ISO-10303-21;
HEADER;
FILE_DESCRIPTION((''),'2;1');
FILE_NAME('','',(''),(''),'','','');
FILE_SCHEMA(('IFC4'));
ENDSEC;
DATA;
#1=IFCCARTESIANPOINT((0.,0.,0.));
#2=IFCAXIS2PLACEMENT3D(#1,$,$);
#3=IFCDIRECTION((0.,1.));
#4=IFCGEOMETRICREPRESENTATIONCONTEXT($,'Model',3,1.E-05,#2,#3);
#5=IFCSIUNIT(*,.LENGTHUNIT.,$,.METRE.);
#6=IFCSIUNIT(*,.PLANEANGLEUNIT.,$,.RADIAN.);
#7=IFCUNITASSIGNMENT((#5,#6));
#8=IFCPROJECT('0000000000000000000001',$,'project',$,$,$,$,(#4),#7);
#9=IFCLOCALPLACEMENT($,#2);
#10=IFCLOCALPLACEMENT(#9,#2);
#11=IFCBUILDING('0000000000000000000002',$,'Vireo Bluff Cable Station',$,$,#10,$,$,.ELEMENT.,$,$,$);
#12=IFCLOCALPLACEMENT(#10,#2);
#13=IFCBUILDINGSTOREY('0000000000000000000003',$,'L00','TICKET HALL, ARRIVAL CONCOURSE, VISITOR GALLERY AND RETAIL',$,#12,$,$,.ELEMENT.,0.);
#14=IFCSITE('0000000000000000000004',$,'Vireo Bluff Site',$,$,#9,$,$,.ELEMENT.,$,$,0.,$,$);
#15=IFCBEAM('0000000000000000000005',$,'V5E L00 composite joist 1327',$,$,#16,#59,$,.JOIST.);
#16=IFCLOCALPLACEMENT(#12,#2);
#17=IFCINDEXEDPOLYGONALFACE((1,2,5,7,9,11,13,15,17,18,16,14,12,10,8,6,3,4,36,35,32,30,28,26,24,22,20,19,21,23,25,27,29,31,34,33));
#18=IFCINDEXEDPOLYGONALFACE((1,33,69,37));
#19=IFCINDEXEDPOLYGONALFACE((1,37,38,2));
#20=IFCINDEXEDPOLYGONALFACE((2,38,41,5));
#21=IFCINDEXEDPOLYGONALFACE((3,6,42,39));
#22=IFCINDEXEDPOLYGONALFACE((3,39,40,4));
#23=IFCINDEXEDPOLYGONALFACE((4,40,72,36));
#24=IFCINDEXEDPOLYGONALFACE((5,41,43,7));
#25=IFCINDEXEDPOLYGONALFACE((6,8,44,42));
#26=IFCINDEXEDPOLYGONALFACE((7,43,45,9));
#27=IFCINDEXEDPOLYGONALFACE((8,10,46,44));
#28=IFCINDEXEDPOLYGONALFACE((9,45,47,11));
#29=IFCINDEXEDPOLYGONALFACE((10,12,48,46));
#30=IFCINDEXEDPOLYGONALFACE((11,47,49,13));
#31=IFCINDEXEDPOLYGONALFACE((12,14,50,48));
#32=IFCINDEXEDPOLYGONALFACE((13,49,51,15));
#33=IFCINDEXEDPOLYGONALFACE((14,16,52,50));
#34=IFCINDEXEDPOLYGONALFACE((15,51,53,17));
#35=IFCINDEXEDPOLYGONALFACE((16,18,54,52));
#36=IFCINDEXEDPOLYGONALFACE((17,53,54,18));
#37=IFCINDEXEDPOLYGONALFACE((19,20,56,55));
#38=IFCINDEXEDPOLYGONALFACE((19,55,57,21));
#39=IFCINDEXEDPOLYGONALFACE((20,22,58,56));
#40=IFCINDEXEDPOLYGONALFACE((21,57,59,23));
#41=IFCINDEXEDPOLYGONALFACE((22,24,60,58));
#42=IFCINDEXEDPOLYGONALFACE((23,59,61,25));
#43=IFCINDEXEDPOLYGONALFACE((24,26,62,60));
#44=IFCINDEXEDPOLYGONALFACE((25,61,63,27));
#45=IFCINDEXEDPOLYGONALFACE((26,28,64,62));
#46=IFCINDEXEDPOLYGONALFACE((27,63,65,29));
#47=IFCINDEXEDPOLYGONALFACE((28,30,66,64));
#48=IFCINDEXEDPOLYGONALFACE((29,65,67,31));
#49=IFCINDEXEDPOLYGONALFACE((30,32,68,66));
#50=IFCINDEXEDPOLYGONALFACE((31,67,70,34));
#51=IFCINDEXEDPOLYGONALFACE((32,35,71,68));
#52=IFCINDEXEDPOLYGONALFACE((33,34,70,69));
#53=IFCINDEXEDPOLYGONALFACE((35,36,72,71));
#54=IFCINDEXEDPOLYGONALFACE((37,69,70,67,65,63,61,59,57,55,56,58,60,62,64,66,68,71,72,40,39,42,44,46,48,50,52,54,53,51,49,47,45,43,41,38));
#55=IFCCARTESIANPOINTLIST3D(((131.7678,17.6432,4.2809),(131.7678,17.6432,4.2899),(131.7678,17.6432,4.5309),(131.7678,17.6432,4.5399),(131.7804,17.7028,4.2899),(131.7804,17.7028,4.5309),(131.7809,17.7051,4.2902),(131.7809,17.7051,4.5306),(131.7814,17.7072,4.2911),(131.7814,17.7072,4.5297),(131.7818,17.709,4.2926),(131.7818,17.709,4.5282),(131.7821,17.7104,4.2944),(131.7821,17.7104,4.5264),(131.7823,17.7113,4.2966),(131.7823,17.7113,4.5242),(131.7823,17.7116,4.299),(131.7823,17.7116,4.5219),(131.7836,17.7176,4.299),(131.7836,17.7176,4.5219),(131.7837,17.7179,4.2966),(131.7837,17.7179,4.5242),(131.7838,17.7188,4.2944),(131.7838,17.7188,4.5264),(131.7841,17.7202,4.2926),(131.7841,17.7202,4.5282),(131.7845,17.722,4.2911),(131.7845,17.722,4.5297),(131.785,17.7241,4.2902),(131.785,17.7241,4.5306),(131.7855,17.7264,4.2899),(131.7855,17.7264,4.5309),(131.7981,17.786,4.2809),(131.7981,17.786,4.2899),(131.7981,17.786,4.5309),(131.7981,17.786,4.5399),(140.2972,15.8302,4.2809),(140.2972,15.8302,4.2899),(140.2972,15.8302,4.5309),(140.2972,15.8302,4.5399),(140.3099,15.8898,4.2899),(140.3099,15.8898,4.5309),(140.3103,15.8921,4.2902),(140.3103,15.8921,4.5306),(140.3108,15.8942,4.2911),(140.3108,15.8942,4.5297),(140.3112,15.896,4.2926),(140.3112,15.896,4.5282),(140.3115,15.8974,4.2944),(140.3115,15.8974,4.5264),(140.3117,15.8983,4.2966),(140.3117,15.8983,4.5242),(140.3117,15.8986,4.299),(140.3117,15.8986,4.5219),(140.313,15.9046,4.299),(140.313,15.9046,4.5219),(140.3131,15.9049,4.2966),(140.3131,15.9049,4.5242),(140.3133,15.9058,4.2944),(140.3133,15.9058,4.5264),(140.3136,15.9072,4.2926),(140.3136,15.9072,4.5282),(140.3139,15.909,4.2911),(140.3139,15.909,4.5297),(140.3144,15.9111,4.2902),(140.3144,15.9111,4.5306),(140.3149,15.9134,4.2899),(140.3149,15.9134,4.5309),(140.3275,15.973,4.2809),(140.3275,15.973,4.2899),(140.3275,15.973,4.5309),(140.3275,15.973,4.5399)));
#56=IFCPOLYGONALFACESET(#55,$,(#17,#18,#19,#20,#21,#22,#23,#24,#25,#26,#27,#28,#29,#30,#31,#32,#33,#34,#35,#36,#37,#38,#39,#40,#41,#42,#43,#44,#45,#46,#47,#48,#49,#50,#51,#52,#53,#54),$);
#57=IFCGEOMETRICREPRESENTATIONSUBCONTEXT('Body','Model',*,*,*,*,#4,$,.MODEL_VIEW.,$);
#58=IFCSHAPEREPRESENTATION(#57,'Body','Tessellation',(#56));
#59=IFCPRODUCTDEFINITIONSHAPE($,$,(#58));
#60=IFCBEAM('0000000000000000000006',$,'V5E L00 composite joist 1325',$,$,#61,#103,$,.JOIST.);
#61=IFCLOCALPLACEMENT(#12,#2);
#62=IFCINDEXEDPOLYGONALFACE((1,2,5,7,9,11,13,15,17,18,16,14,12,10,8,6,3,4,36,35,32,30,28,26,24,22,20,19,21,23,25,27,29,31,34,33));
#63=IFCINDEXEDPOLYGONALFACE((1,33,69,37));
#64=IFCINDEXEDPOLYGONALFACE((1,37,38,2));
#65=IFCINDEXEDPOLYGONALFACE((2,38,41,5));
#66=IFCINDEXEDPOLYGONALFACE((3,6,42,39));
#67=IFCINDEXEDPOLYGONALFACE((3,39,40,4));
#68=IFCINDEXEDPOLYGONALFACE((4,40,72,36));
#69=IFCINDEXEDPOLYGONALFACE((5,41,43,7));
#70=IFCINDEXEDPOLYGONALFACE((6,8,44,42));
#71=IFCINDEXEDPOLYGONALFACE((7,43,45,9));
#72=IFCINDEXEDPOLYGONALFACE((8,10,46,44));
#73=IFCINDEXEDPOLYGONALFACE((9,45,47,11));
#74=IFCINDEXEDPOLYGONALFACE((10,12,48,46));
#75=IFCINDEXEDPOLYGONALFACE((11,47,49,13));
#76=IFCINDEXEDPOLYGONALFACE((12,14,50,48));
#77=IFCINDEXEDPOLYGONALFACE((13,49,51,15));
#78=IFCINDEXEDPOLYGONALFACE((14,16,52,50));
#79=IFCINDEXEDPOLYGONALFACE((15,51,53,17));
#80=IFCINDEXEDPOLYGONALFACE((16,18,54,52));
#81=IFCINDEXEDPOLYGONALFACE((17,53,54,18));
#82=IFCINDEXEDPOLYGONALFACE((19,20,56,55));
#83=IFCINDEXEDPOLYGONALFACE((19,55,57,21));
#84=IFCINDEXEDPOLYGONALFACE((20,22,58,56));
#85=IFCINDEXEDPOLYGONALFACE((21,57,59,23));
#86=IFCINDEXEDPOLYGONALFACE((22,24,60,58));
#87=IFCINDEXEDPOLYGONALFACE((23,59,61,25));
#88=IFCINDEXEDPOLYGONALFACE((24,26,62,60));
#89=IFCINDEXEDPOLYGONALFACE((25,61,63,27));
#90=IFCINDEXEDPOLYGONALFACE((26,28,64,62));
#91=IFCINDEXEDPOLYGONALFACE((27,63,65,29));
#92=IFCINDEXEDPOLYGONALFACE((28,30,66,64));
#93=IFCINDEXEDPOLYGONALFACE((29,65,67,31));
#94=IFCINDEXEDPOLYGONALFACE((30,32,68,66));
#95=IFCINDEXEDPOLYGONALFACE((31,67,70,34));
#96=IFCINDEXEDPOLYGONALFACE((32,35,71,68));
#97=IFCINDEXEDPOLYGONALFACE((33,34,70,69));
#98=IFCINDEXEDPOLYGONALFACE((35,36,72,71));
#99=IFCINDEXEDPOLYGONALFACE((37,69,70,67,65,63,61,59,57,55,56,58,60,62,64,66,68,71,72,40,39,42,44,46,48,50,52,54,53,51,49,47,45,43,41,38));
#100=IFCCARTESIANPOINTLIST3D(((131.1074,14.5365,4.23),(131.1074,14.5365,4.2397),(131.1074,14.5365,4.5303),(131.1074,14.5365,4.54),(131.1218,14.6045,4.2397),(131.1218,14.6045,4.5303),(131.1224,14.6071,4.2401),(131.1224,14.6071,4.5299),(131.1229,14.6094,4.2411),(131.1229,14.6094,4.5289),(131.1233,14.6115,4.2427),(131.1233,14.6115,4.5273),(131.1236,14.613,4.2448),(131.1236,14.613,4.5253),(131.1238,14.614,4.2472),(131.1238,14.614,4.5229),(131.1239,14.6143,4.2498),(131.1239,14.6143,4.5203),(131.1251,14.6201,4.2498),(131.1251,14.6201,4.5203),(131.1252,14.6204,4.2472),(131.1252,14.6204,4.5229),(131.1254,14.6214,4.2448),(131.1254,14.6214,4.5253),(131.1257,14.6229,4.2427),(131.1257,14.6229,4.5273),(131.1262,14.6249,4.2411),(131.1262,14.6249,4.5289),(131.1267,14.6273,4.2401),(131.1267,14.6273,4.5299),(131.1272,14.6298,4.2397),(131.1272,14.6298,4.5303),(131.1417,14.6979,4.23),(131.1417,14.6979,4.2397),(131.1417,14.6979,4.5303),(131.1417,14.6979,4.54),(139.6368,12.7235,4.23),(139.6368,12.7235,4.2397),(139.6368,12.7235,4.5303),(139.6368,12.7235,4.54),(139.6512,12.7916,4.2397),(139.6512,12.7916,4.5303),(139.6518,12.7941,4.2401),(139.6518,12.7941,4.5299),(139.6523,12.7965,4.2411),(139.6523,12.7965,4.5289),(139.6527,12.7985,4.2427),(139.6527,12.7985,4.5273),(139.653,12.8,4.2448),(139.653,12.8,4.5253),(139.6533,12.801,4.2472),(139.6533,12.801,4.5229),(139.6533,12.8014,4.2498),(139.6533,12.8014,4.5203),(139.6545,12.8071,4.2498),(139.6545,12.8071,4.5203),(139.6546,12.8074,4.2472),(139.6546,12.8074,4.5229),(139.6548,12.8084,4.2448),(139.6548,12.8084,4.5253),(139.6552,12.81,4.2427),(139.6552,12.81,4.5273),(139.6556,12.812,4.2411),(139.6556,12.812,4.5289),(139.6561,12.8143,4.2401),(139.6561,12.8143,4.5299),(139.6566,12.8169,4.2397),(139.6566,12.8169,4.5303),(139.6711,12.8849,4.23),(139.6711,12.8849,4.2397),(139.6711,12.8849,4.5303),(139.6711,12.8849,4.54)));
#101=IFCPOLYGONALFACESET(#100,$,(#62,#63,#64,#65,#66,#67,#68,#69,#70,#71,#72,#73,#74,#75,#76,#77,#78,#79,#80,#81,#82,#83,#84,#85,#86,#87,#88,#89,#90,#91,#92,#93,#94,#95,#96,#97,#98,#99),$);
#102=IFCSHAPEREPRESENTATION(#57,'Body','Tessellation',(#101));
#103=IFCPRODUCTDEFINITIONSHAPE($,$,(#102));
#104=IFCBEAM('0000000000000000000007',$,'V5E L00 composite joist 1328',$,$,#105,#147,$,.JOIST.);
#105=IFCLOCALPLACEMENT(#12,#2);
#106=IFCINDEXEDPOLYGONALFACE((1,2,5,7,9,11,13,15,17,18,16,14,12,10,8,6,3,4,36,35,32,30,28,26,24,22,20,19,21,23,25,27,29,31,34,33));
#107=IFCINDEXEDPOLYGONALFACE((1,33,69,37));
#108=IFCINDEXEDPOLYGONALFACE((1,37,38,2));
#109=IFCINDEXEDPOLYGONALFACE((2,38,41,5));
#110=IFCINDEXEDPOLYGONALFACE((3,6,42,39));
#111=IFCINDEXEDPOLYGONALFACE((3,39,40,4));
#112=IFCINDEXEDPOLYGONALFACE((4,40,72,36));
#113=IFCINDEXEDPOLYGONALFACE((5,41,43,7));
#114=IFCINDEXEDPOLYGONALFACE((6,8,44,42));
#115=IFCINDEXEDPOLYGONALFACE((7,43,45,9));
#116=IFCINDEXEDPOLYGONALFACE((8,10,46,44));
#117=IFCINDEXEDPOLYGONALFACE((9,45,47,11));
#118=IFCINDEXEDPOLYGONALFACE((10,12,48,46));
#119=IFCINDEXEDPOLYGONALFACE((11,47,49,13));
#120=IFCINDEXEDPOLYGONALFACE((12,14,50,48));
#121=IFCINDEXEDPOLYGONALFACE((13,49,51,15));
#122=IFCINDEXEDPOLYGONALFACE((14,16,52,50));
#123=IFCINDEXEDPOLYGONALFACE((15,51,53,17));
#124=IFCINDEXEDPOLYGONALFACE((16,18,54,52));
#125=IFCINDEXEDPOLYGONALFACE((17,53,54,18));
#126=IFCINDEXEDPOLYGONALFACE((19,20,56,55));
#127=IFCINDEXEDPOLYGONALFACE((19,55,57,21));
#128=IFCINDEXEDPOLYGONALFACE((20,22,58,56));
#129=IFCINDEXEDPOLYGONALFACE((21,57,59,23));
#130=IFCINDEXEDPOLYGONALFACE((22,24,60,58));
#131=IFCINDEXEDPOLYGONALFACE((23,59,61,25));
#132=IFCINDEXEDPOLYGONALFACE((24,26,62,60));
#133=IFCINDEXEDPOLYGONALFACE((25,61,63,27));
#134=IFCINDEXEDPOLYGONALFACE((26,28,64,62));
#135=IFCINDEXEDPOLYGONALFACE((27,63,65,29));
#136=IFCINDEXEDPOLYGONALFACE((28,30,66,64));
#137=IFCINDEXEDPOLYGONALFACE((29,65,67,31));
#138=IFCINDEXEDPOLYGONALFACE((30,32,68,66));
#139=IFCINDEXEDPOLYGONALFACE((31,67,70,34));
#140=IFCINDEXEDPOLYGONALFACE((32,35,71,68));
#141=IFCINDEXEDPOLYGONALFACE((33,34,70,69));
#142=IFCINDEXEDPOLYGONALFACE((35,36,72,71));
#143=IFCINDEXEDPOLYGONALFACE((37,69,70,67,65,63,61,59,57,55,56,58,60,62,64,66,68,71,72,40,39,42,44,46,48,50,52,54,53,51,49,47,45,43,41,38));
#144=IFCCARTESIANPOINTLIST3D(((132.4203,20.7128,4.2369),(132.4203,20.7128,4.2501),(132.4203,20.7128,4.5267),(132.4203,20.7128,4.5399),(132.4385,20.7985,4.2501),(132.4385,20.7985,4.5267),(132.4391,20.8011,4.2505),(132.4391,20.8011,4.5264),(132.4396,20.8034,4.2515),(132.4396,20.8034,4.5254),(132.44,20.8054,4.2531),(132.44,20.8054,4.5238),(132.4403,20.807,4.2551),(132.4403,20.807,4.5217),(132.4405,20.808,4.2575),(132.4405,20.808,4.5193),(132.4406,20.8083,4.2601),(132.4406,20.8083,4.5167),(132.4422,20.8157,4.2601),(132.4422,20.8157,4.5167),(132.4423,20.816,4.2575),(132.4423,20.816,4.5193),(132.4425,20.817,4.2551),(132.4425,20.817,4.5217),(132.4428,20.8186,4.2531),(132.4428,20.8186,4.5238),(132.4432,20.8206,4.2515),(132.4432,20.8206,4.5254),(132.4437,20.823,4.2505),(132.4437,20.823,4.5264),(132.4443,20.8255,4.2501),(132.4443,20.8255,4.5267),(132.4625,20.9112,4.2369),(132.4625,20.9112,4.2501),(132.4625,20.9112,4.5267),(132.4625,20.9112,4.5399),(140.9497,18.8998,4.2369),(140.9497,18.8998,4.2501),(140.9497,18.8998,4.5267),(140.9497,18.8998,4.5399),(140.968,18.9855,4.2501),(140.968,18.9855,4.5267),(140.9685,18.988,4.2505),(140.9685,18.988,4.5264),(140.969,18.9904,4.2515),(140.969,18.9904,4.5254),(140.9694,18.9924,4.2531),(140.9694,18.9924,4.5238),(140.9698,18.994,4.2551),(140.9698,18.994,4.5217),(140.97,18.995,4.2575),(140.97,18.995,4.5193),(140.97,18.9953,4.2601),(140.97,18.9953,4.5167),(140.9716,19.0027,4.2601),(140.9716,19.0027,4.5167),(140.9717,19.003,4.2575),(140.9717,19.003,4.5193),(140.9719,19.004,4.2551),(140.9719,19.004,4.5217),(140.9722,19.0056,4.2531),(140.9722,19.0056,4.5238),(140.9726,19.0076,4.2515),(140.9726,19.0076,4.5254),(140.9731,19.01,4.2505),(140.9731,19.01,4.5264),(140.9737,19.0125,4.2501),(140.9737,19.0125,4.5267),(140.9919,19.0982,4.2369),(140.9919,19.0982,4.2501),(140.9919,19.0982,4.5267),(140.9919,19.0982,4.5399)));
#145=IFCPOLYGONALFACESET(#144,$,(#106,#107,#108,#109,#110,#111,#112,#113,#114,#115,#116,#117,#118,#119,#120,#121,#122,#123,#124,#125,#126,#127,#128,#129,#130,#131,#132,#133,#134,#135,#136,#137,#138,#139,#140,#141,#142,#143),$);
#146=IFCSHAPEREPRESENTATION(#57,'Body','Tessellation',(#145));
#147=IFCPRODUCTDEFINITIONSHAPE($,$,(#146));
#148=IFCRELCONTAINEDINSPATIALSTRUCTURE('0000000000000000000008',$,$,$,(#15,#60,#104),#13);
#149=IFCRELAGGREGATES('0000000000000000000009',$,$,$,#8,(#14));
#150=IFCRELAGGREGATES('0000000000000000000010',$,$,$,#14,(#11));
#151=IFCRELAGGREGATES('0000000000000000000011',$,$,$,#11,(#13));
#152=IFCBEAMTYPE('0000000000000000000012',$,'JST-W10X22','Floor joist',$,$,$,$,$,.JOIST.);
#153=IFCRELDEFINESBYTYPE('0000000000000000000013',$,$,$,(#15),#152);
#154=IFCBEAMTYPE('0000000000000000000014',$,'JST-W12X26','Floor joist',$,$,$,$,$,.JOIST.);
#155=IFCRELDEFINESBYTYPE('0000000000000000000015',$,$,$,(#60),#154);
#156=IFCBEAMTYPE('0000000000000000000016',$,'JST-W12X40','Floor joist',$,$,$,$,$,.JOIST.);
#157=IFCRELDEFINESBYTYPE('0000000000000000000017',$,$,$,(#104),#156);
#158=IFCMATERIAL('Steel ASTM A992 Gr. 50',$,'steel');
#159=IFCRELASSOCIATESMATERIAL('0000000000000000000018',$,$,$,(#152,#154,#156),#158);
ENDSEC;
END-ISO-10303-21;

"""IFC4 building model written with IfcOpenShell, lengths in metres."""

from ifc_helpers import new_model, si_unit, direction, frame, origin, origin_2d, place, context, subcontext, project, spatial, i_section, extrude, material, material_profile, profile_set, type_object, element, save


model = new_model("IFC4")

# Units and contexts
model_context = context("Model", 3, precision=1e-05, world=origin(), true_north=direction((0.0, 1.0)))
body_context = subcontext(model_context, "Body", "Model", "MODEL_VIEW")
ifc_project = project(units=[si_unit("LENGTHUNIT", "METRE"), si_unit("PLANEANGLEUNIT", "RADIAN")], contexts=[model_context])

# Site, building, storey
site_placement = place(None, origin())
site = spatial("IfcSite", under=ifc_project, at=site_placement, Name="Vireo Bluff Site", CompositionType="ELEMENT", RefElevation=0.0)
building_placement = place(site_placement, origin())
building = spatial("IfcBuilding", under=site, at=building_placement, Name="Vireo Bluff Cable Station", CompositionType="ELEMENT")
storey_placement = place(building_placement, origin())
storey = spatial("IfcBuildingStorey", under=building, at=storey_placement, Name="L00", Description="TICKET HALL, ARRIVAL CONCOURSE, VISITOR GALLERY AND RETAIL", CompositionType="ELEMENT", Elevation=0.0)

# Shared definitions
ifc_material_1 = material(Name="Steel ASTM A992 Gr. 50", Category="steel")

# Beams
ifc_material_profile_1 = material_profile(ifc_material_1, i_section(OverallWidth=0.146, OverallDepth=0.259, WebThickness=0.0061, FlangeThickness=0.009, FilletRadius=0.009, at=origin_2d()), Name="W10X22")
ifc_profile_set_1 = profile_set([ifc_material_profile_1], Name="Steel ASTM A992 Gr. 50")
beam_type_1 = type_object("IfcBeamType", Name="JST-W10X22", Description="Floor joist", PredefinedType="JOIST", material=ifc_profile_set_1)
for number, where, z_axis, x_axis, name in (
    (1, (131.783, 17.7146, 4.4104), (0.978147, -0.207915, 0.0), (0.207915, 0.978147, 0.0), "V5E L00 composite joist 1327"),
):
    element("IfcBeam", number, at=place(storey_placement, frame(where, z_axis=z_axis, x_axis=x_axis)), inside=storey, type_object=beam_type_1, Name=name, PredefinedType="JOIST", context=body_context, shape_type="SweptSolid", body=[
        extrude(i_section(OverallWidth=0.146, OverallDepth=0.259, WebThickness=0.0061, FlangeThickness=0.009, FilletRadius=0.009, at=origin_2d()), origin(), (0.0, 0.0, 1.0), 8.72),
    ])
ifc_material_profile_2 = material_profile(ifc_material_1, i_section(OverallWidth=0.165, OverallDepth=0.3101, WebThickness=0.0059, FlangeThickness=0.0098, FilletRadius=0.01, at=origin_2d()), Name="W12X26")
ifc_profile_set_2 = profile_set([ifc_material_profile_2], Name="Steel ASTM A992 Gr. 50")
beam_type_2 = type_object("IfcBeamType", Name="JST-W12X26", Description="Floor joist", PredefinedType="JOIST", material=ifc_profile_set_2)
beam_1_placement = place(storey_placement, frame((131.1245, 14.6172, 4.385), z_axis=(0.978148, -0.207909, 0.0), x_axis=(0.207909, 0.978148, 0.0)))
element("IfcBeam", 2, at=beam_1_placement, inside=storey, type_object=beam_type_2, Name="V5E L00 composite joist 1325", PredefinedType="JOIST", context=body_context, shape_type="SweptSolid", body=[
    extrude(i_section(OverallWidth=0.165, OverallDepth=0.3101, WebThickness=0.0059, FlangeThickness=0.0098, FilletRadius=0.01, at=origin_2d()), origin(), (0.0, 0.0, 1.0), 8.72),
])
ifc_material_profile_3 = material_profile(ifc_material_1, i_section(OverallWidth=0.2029, OverallDepth=0.303, WebThickness=0.0076, FlangeThickness=0.0132, FilletRadius=0.01, at=origin_2d()), Name="W12X40")
ifc_profile_set_3 = profile_set([ifc_material_profile_3], Name="Steel ASTM A992 Gr. 50")
beam_type_3 = type_object("IfcBeamType", Name="JST-W12X40", Description="Floor joist", PredefinedType="JOIST", material=ifc_profile_set_3)
beam_2_placement = place(storey_placement, frame((132.4414, 20.812, 4.3884), z_axis=(0.978147, -0.207915, 0.0), x_axis=(0.207915, 0.978147, 0.0)))
element("IfcBeam", 3, at=beam_2_placement, inside=storey, type_object=beam_type_3, Name="V5E L00 composite joist 1328", PredefinedType="JOIST", context=body_context, shape_type="SweptSolid", body=[
    extrude(i_section(OverallWidth=0.2029, OverallDepth=0.303, WebThickness=0.0076, FlangeThickness=0.0132, FilletRadius=0.01, at=origin_2d()), origin(), (0.0, 0.0, 1.0), 8.72),
])

save(model, "model.ifc")
